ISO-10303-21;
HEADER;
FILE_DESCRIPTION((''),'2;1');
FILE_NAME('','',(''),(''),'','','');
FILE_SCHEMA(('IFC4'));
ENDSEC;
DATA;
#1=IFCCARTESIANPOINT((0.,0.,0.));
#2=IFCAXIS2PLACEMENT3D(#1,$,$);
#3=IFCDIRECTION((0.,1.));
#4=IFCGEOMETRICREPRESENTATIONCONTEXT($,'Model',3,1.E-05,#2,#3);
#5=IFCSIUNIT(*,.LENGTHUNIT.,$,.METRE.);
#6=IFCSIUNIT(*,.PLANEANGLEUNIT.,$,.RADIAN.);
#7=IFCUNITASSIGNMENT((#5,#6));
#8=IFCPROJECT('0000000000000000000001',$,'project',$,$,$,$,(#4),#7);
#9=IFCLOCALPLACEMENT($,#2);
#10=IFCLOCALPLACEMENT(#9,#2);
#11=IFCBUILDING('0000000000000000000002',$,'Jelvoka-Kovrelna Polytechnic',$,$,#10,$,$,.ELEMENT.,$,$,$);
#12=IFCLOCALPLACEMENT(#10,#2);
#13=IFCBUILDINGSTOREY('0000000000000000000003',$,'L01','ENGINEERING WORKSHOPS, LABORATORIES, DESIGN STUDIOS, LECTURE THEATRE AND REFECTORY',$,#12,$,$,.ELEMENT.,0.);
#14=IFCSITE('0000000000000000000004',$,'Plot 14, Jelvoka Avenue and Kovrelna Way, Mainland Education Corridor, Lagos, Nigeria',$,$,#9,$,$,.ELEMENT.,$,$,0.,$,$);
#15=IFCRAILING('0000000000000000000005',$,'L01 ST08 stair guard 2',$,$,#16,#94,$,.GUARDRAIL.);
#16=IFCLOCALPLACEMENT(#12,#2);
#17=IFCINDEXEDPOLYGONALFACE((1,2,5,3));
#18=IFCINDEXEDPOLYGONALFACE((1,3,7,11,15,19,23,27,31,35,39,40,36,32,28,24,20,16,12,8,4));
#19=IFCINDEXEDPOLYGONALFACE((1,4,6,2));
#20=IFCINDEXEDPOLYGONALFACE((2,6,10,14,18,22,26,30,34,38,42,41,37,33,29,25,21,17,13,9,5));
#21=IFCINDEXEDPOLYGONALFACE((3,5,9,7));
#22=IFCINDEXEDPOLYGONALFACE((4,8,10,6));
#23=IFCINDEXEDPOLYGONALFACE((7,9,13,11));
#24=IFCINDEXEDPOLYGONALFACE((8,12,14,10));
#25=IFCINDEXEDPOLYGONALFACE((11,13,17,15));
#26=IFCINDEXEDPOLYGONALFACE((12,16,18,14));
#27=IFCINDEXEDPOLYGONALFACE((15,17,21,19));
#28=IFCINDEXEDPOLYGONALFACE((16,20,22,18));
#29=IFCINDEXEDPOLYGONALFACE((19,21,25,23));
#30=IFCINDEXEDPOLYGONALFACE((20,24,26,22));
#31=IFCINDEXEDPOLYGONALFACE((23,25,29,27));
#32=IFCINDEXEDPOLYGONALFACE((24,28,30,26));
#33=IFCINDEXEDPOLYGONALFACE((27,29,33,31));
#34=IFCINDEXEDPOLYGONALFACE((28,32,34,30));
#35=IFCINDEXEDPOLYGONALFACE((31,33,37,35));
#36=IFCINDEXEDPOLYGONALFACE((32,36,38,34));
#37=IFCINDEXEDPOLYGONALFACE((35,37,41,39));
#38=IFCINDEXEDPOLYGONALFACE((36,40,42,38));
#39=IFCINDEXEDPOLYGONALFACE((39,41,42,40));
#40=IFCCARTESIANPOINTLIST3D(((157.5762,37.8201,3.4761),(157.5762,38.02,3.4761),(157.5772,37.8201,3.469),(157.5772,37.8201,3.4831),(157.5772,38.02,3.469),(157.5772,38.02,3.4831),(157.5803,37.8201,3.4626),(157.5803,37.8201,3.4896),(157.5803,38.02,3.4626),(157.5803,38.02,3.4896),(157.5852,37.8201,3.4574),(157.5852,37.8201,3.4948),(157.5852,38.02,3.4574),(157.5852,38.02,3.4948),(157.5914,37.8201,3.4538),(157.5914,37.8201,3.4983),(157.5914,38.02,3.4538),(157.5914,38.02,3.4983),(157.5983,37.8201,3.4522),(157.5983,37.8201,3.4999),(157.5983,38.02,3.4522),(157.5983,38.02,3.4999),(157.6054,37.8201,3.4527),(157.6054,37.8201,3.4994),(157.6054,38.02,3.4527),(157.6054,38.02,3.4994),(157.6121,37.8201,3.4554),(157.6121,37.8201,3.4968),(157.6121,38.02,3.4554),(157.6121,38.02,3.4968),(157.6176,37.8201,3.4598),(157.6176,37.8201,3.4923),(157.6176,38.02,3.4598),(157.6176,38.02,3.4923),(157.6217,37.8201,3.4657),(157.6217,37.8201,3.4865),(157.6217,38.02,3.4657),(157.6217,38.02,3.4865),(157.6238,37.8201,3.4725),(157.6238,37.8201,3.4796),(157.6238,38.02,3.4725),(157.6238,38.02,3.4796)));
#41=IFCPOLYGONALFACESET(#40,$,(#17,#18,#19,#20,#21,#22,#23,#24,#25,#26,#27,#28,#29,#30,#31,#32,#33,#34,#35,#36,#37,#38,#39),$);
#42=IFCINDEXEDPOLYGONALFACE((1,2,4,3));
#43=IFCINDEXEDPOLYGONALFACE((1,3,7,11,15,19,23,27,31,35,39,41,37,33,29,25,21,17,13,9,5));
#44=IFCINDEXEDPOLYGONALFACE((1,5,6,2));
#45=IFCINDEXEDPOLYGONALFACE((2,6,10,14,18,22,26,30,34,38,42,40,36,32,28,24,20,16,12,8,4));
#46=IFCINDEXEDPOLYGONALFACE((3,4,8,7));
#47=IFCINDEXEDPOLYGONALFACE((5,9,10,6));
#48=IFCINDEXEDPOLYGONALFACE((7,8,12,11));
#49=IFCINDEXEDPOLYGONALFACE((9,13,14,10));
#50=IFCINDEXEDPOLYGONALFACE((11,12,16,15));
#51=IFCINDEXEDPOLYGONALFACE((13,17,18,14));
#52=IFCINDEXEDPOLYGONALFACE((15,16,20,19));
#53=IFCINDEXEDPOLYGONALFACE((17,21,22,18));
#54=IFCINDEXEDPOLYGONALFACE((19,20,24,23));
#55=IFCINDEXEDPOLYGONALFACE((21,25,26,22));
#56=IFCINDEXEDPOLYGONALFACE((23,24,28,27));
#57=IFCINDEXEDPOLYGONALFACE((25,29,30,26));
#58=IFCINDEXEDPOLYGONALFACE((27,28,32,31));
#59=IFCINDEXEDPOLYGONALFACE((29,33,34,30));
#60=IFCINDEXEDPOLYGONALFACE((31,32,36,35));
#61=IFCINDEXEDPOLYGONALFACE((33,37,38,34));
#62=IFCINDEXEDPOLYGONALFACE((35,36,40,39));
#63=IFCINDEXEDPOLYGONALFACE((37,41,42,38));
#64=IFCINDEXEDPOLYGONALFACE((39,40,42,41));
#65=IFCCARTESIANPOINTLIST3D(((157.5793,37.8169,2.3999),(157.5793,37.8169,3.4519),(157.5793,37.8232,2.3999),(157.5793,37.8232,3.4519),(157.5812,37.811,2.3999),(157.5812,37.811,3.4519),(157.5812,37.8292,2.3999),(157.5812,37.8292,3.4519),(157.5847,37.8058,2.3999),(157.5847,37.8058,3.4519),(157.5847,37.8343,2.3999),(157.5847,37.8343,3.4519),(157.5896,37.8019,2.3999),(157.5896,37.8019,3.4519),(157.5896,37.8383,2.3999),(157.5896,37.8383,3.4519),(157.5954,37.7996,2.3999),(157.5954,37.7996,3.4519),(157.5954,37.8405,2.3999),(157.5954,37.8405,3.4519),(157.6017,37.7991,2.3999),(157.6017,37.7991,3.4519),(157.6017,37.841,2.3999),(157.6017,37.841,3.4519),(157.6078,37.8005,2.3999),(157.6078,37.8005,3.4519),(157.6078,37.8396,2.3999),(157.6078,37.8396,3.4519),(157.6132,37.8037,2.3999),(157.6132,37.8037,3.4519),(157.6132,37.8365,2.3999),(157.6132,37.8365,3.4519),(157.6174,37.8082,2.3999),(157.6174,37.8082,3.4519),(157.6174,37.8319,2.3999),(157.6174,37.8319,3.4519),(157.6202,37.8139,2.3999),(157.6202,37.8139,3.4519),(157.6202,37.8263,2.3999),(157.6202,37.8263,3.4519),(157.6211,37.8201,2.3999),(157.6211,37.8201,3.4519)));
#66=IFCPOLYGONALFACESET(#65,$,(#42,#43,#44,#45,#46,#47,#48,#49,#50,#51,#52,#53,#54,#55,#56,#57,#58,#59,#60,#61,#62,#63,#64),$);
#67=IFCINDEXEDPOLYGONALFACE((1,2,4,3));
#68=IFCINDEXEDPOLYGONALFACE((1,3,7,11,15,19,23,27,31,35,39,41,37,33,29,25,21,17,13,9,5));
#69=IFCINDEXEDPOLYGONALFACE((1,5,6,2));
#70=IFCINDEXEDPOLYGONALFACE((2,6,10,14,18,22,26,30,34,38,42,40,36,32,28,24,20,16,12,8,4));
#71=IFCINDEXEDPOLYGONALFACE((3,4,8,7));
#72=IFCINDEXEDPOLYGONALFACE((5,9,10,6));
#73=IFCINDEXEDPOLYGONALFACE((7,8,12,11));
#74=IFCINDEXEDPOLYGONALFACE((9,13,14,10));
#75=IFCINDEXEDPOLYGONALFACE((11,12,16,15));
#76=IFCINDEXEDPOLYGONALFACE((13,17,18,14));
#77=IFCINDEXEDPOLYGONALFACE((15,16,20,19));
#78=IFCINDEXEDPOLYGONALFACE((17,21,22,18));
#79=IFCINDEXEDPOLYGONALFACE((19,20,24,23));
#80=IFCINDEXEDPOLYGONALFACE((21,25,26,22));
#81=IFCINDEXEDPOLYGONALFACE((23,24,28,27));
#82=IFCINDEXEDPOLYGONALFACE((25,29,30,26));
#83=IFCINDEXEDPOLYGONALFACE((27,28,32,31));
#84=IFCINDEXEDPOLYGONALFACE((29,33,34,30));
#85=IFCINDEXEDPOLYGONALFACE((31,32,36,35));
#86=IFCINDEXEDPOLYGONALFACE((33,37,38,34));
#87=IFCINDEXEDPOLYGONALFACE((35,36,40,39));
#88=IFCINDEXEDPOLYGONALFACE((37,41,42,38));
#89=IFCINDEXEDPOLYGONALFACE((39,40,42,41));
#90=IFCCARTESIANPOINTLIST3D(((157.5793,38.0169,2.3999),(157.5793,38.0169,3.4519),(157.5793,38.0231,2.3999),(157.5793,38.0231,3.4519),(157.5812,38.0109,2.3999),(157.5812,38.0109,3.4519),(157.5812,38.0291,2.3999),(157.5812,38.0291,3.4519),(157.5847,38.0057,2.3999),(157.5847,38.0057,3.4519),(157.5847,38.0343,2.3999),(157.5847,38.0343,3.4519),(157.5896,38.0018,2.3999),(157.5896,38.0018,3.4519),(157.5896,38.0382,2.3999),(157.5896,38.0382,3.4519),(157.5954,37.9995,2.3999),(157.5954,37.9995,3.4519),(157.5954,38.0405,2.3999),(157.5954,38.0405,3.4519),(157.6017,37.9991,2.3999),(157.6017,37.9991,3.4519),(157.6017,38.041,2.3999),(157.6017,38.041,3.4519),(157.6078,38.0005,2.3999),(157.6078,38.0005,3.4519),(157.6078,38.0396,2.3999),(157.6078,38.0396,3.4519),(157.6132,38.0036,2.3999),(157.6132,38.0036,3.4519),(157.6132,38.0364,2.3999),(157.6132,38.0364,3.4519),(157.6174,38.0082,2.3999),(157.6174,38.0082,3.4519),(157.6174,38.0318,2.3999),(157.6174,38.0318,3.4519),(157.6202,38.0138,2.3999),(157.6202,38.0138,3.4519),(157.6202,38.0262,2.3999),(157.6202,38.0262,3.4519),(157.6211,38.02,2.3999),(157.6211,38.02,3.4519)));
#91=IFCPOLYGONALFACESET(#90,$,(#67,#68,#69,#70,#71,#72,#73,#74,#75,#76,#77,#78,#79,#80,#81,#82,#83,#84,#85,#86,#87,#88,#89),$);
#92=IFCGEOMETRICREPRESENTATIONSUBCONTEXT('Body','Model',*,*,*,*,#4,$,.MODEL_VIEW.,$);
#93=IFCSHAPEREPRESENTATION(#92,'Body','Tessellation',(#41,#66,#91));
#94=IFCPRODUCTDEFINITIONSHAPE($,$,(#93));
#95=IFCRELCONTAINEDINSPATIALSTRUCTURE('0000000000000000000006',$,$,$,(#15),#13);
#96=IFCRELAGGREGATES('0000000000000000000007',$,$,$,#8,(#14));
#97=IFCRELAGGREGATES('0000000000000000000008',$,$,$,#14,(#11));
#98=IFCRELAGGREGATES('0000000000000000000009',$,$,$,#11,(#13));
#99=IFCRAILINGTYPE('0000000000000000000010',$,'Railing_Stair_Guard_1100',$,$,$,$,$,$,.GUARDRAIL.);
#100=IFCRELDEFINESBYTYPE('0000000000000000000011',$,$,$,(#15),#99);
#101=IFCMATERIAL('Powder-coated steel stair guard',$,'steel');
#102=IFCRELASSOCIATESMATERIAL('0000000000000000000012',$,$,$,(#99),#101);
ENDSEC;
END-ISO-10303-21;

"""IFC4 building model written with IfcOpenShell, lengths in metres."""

from ifc_helpers import new_model, si_unit, direction, frame, origin, origin_2d, place, context, subcontext, project, spatial, circle, extrude, material, type_object, element, save


model = new_model("IFC4")

# Units and contexts
model_context = context("Model", 3, precision=1e-05, world=origin(), true_north=direction((0.0, 1.0)))
body_context = subcontext(model_context, "Body", "Model", "MODEL_VIEW")
ifc_project = project(units=[si_unit("LENGTHUNIT", "METRE"), si_unit("PLANEANGLEUNIT", "RADIAN")], contexts=[model_context])

# Site, building, storey
site_placement = place(None, origin())
site = spatial("IfcSite", under=ifc_project, at=site_placement, Name="Plot 14, Jelvoka Avenue and Kovrelna Way, Mainland Education Corridor, Lagos, Nigeria", CompositionType="ELEMENT", RefElevation=0.0)
building_placement = place(site_placement, origin())
building = spatial("IfcBuilding", under=site, at=building_placement, Name="Jelvoka-Kovrelna Polytechnic", CompositionType="ELEMENT")
storey_placement = place(building_placement, origin())
storey = spatial("IfcBuildingStorey", under=building, at=storey_placement, Name="L01", Description="ENGINEERING WORKSHOPS, LABORATORIES, DESIGN STUDIOS, LECTURE THEATRE AND REFECTORY", CompositionType="ELEMENT", Elevation=0.0)

# Railing
ifc_material_1 = material(Name="Powder-coated steel stair guard", Category="steel")
railing_type_1 = type_object("IfcRailingType", Name="Railing_Stair_Guard_1100", PredefinedType="GUARDRAIL", material=ifc_material_1)
railing_1_placement = place(storey_placement, frame((157.6001, 37.8201, 2.3999)))
element("IfcRailing", 1, at=railing_1_placement, inside=storey, type_object=railing_type_1, Name="L01 ST08 stair guard 2", PredefinedType="GUARDRAIL", context=body_context, shape_type="SweptSolid", body=[
    extrude(circle(Radius=0.0239, at=origin_2d()), frame((0.0, 0.0, 1.0762), z_axis=(0.0, 1.0, 0.0), x_axis=(-1.0, 0.0, 0.0)), (0.0, 0.0, 1.0), 0.2),
    extrude(circle(Radius=0.021, at=origin_2d()), origin(), (0.0, 0.0, 1.0), 1.052),
    extrude(circle(Radius=0.021, at=origin_2d()), frame((0.0, 0.2, 0.0)), (0.0, 0.0, 1.0), 1.052),
])

save(model, "model.ifc")
